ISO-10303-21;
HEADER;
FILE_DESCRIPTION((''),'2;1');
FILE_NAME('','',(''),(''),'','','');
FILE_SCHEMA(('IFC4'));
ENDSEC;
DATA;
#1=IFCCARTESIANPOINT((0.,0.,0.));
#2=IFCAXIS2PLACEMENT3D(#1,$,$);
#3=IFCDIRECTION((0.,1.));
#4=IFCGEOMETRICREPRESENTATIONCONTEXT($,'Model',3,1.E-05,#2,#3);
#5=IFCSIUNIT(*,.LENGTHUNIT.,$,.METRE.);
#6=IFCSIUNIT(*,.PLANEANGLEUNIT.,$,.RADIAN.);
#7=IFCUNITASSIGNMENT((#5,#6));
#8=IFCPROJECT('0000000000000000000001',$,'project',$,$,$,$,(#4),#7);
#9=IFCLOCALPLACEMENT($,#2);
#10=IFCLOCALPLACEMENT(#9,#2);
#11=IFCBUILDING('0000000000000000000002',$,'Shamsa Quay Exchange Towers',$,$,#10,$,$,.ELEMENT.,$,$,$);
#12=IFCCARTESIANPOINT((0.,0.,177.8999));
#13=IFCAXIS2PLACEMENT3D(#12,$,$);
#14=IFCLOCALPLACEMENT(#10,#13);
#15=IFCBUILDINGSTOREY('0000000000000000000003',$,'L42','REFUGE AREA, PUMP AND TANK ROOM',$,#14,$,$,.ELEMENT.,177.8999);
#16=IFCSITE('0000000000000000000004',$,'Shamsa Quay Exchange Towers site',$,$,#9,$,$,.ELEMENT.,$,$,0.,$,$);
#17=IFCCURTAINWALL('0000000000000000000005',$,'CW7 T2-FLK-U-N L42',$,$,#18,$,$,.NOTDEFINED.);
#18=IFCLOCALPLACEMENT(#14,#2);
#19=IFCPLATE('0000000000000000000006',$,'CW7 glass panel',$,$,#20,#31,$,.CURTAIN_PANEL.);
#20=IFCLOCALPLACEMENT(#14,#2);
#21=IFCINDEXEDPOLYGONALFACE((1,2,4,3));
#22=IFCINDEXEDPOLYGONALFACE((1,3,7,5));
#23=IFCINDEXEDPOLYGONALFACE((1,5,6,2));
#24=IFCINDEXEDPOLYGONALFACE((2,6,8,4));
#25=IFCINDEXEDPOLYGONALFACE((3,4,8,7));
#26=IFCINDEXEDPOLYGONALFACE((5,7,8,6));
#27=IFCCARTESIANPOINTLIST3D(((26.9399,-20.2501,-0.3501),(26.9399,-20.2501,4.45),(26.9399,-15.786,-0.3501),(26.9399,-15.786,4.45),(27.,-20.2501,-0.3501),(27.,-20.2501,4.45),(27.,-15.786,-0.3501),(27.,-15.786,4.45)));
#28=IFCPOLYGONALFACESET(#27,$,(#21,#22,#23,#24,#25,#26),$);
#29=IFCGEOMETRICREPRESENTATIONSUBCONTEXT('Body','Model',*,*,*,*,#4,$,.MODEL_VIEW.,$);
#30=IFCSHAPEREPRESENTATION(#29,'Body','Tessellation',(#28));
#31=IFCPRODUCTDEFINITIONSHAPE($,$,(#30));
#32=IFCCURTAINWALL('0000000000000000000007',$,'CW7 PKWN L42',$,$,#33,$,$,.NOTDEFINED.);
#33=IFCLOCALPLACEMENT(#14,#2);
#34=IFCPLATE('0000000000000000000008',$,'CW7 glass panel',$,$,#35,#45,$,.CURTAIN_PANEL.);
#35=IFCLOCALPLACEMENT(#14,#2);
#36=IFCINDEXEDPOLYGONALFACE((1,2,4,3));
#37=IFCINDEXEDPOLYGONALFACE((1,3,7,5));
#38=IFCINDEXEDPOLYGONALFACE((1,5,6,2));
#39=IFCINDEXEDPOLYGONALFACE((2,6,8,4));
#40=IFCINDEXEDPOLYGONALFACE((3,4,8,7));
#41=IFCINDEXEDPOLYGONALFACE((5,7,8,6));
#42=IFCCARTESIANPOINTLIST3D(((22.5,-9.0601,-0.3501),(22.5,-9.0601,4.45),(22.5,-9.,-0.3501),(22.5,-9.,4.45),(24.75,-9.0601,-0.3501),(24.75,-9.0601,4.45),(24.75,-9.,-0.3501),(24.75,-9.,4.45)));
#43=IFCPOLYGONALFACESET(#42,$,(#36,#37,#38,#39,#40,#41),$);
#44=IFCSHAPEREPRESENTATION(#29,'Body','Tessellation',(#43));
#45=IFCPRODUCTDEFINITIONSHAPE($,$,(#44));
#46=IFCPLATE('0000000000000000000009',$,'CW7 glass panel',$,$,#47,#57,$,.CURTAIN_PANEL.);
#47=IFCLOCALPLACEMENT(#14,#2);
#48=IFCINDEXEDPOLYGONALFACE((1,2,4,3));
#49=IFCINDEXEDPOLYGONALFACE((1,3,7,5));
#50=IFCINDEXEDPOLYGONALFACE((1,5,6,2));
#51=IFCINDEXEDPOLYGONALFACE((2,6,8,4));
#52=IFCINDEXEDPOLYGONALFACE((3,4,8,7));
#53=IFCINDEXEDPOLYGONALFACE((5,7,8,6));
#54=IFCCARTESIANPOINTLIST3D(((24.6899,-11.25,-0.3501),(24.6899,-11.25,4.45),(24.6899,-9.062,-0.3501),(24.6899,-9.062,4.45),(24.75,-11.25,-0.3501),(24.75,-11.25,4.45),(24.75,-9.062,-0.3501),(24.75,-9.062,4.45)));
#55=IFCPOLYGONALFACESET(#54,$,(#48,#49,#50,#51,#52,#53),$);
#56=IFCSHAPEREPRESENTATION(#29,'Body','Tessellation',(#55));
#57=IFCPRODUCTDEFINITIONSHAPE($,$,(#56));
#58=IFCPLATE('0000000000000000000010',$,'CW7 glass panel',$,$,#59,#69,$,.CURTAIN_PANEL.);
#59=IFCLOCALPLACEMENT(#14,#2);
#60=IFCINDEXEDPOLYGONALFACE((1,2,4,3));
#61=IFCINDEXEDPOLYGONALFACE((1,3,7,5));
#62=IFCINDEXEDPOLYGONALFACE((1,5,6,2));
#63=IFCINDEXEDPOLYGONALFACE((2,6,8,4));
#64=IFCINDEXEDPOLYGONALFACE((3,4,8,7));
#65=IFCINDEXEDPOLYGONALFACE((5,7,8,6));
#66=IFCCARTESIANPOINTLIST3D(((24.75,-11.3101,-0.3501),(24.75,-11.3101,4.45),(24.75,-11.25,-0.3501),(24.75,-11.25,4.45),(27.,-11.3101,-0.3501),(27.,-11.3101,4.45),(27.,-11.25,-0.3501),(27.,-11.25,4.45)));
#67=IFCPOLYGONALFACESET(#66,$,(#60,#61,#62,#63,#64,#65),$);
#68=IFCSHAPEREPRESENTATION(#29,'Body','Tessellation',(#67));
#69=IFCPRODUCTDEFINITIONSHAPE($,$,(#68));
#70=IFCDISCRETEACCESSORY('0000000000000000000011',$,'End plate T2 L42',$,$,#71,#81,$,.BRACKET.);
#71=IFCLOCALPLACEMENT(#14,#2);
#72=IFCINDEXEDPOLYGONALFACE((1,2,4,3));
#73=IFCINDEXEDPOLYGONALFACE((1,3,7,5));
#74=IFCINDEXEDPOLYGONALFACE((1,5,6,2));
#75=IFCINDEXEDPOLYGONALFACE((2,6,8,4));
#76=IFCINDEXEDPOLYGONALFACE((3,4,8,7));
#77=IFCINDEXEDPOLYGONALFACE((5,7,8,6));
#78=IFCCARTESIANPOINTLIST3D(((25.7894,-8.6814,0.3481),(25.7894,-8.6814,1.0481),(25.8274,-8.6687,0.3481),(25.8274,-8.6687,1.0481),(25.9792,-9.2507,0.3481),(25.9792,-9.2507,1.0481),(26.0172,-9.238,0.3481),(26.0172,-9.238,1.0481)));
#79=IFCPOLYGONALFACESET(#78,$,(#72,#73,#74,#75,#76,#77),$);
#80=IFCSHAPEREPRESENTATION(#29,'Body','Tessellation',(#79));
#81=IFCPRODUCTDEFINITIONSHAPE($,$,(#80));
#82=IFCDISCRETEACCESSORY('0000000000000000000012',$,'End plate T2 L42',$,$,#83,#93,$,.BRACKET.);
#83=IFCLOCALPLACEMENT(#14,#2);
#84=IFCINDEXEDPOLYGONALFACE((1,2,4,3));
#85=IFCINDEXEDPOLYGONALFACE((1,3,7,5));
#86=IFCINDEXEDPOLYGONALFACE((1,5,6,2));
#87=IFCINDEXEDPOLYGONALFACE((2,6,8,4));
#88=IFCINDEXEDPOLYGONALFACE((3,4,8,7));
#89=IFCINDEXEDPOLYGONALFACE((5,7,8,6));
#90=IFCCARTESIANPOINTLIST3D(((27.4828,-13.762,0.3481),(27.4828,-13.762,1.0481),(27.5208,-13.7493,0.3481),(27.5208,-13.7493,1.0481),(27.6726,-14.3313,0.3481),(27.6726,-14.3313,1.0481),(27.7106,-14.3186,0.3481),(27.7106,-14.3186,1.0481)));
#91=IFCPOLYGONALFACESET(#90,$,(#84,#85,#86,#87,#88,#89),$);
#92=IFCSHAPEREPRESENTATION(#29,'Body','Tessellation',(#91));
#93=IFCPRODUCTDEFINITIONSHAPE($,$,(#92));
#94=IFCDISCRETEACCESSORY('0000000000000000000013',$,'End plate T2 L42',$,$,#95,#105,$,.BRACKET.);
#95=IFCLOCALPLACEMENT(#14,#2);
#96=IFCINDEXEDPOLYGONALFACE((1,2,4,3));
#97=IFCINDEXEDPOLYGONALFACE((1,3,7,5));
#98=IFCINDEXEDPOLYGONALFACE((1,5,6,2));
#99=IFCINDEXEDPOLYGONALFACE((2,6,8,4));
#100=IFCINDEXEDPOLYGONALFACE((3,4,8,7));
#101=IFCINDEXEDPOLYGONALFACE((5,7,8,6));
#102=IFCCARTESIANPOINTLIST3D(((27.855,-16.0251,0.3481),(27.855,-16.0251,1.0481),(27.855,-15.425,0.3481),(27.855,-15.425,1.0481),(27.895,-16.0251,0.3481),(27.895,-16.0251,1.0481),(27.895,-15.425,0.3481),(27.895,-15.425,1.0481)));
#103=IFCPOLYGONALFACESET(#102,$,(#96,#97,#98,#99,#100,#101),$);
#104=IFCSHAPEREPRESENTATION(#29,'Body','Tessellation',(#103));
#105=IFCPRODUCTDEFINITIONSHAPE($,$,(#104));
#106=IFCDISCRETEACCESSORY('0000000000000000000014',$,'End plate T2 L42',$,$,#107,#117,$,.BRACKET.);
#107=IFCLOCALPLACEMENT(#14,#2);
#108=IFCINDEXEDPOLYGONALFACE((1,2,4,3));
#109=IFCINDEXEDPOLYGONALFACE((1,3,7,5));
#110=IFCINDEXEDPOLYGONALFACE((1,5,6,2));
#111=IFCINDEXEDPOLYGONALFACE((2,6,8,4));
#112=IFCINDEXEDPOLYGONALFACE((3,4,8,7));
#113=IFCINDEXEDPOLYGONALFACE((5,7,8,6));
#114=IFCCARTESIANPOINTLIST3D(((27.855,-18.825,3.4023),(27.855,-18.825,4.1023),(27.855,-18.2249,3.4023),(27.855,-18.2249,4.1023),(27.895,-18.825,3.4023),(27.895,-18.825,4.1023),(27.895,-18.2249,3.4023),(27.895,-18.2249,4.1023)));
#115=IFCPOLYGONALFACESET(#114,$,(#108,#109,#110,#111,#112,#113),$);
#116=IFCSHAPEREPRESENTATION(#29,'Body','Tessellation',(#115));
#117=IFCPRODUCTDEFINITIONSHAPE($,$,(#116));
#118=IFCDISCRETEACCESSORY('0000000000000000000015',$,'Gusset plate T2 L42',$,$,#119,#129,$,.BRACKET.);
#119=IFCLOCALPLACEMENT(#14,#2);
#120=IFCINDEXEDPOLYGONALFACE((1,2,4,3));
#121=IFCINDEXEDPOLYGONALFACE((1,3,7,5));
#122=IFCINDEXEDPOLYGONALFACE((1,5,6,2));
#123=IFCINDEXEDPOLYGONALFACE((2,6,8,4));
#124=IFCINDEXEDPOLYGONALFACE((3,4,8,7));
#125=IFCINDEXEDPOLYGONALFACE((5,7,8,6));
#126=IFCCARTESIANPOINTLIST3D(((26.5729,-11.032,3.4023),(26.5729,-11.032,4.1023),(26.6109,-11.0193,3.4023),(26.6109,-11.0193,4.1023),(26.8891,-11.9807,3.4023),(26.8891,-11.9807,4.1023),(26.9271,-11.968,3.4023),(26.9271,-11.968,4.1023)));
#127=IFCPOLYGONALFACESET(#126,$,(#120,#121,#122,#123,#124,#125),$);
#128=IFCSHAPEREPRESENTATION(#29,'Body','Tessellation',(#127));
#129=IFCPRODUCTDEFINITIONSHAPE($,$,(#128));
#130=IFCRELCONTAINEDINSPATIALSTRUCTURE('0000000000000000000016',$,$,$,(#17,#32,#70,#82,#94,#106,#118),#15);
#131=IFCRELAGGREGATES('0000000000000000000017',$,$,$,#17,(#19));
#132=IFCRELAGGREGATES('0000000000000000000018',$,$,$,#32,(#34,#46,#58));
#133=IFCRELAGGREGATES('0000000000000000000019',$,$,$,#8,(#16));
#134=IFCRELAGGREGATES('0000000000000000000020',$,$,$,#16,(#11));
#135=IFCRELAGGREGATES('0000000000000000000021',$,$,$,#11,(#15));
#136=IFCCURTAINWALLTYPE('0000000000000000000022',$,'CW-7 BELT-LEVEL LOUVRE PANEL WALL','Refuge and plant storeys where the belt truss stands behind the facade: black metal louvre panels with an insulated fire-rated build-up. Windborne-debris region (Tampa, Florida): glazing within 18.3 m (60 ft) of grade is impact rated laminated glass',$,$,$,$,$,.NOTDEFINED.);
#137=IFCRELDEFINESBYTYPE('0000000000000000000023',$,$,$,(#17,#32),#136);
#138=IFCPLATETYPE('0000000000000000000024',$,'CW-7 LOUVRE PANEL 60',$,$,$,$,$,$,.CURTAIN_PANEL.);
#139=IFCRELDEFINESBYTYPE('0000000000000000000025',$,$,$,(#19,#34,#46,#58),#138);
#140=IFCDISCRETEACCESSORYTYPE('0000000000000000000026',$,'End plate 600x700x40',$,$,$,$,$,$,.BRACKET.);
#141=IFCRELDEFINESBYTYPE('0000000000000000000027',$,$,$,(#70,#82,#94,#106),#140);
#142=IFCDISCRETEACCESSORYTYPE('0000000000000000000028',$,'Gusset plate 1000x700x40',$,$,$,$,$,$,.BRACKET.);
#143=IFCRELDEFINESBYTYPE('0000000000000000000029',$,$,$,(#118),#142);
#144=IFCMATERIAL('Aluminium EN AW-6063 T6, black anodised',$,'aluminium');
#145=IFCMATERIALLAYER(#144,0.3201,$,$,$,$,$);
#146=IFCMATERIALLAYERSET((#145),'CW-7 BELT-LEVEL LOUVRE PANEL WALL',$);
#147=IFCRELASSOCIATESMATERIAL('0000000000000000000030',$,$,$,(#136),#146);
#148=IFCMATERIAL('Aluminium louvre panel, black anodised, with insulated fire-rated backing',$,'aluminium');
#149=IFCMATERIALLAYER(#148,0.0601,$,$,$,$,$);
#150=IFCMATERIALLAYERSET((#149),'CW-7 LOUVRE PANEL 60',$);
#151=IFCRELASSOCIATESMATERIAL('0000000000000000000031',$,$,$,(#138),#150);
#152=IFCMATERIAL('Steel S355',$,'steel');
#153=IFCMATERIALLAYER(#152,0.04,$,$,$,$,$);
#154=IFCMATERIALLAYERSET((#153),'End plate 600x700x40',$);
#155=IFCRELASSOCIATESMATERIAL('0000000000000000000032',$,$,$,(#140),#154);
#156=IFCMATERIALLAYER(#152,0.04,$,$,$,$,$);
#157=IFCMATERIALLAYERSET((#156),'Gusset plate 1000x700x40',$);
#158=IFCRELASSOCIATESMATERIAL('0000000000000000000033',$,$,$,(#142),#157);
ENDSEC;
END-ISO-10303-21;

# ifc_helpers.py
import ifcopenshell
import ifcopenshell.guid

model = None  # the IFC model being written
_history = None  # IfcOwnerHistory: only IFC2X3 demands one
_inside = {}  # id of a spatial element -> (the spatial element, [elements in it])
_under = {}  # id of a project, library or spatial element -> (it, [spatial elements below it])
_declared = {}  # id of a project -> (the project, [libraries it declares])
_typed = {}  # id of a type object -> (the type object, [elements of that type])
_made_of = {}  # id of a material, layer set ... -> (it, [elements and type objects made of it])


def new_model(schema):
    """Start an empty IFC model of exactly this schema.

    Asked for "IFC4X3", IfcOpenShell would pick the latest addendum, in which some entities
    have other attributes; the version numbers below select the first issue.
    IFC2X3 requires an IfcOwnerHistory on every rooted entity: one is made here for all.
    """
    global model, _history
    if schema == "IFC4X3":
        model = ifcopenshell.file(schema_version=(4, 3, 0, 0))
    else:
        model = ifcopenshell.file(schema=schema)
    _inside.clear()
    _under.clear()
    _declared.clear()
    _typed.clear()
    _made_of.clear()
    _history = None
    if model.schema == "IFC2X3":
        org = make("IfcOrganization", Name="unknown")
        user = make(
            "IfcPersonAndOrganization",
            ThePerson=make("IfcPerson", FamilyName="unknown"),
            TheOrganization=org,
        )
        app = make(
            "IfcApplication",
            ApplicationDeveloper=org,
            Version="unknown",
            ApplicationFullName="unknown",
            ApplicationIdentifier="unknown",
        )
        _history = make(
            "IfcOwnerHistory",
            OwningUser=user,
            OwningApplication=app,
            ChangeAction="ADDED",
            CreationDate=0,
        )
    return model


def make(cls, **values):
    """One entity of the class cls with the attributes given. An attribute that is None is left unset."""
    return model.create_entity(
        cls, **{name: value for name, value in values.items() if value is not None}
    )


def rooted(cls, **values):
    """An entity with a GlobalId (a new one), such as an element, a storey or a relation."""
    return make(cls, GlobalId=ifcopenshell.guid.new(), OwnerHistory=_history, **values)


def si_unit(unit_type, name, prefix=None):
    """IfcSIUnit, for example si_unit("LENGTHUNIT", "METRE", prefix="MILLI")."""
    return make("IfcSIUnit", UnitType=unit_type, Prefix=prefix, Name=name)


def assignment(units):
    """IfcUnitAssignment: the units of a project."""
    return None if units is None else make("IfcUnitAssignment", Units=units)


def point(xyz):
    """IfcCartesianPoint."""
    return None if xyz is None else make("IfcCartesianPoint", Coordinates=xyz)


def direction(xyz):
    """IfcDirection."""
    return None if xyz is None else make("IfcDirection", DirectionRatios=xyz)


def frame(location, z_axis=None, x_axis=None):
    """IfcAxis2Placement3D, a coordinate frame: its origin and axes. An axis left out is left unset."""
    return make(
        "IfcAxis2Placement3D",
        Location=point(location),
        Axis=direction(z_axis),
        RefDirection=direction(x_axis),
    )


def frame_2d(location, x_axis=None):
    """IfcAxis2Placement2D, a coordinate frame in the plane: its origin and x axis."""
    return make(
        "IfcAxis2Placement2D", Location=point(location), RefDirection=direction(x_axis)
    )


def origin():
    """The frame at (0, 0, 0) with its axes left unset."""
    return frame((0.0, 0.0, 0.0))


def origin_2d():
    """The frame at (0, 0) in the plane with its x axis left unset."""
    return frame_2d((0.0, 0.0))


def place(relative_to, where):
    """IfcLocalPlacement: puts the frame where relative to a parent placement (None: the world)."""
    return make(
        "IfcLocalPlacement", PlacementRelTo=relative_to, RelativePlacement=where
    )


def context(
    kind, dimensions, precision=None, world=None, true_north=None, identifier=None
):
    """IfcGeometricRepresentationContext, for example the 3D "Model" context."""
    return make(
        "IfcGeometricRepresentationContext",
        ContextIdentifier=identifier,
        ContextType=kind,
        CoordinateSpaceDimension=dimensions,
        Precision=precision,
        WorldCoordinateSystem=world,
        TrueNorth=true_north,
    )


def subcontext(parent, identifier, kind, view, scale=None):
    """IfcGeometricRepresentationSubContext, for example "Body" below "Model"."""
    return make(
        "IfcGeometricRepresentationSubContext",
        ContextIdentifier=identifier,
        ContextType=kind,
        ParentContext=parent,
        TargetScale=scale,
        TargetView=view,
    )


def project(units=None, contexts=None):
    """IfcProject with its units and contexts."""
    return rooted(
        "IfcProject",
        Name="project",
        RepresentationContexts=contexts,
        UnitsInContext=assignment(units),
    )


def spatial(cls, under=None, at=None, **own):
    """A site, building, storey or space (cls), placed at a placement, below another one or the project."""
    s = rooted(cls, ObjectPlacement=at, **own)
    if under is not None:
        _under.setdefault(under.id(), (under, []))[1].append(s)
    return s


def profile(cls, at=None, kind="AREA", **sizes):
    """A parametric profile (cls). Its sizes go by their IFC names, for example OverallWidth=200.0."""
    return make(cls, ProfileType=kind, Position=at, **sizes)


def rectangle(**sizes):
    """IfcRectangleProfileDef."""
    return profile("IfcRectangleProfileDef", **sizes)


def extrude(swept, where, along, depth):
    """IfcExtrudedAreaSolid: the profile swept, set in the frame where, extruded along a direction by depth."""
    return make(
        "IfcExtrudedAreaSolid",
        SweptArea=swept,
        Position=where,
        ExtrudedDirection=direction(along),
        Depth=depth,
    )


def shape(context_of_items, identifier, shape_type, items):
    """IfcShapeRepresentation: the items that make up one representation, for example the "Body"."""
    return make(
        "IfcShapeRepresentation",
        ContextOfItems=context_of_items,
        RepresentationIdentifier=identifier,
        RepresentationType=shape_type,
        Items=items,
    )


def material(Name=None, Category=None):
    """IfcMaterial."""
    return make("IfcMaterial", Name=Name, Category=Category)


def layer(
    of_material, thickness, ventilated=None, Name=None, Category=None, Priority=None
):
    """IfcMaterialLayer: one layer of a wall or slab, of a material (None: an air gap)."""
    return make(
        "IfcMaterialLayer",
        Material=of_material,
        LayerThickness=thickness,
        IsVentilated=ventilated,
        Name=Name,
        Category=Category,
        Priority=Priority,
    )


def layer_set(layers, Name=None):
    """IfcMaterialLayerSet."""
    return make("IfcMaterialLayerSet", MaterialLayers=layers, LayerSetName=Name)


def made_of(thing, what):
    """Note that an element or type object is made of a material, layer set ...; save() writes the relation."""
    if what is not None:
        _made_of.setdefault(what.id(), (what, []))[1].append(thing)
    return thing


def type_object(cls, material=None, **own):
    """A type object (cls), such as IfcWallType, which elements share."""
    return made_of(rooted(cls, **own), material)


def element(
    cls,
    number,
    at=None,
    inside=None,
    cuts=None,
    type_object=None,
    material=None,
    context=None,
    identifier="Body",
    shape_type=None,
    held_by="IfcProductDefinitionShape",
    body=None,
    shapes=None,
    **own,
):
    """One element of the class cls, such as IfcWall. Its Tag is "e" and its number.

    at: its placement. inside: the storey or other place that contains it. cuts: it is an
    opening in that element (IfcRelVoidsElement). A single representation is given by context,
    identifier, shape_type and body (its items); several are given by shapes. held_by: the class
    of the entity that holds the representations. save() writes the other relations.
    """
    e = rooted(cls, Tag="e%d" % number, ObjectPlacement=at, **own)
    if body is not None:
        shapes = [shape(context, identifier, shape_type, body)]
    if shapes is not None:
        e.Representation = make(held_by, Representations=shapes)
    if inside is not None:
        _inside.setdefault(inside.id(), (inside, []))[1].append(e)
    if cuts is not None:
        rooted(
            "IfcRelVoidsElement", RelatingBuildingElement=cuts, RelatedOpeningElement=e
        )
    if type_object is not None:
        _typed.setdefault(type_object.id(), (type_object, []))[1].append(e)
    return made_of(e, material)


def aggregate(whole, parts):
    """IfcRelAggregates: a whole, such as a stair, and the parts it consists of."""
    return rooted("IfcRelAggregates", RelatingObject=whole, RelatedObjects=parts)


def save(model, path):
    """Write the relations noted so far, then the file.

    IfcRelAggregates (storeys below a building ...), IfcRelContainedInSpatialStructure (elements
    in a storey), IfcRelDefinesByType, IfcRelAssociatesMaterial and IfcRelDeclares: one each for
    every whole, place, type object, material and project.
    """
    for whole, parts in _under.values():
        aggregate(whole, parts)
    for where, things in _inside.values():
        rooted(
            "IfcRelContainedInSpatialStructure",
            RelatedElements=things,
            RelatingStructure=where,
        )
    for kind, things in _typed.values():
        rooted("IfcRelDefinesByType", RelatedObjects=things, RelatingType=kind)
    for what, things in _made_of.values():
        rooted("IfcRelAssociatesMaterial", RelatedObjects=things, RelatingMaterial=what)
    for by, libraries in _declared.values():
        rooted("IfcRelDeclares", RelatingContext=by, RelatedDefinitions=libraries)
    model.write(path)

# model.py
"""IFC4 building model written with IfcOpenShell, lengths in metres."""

from ifc_helpers import new_model, si_unit, direction, frame, origin, origin_2d, place, context, subcontext, project, spatial, rectangle, extrude, material, layer, layer_set, type_object, element, aggregate, save


model = new_model("IFC4")

# Units and contexts
model_context = context("Model", 3, precision=1e-05, world=origin(), true_north=direction((0.0, 1.0)))
body_context = subcontext(model_context, "Body", "Model", "MODEL_VIEW")
ifc_project = project(units=[si_unit("LENGTHUNIT", "METRE"), si_unit("PLANEANGLEUNIT", "RADIAN")], contexts=[model_context])

# Site, building, storey
site_placement = place(None, origin())
site = spatial("IfcSite", under=ifc_project, at=site_placement, Name="Shamsa Quay Exchange Towers site", CompositionType="ELEMENT", RefElevation=0.0)
building_placement = place(site_placement, origin())
building = spatial("IfcBuilding", under=site, at=building_placement, Name="Shamsa Quay Exchange Towers", CompositionType="ELEMENT")
storey_placement = place(building_placement, frame((0.0, 0.0, 177.8999)))
storey = spatial("IfcBuildingStorey", under=building, at=storey_placement, Name="L42", Description="REFUGE AREA, PUMP AND TANK ROOM", CompositionType="ELEMENT", Elevation=177.8999)

# Shared definitions
ifc_material_1 = material(Name="Steel S355", Category="steel")

# Curtain walls, plates
ifc_material_2 = material(Name="Aluminium EN AW-6063 T6, black anodised", Category="aluminium")
ifc_layer_1 = layer(ifc_material_2, 0.3201)
ifc_layer_set_1 = layer_set([ifc_layer_1], Name="CW-7 BELT-LEVEL LOUVRE PANEL WALL")
curtain_wall_type = type_object("IfcCurtainWallType", Name="CW-7 BELT-LEVEL LOUVRE PANEL WALL", Description="Refuge and plant storeys where the belt truss stands behind the facade: black metal louvre panels with an insulated fire-rated build-up. Windborne-debris region (Tampa, Florida): glazing within 18.3 m (60 ft) of grade is impact rated laminated glass", PredefinedType="NOTDEFINED", material=ifc_layer_set_1)
curtain_wall_1_placement = place(storey_placement, origin())
curtain_wall_1 = element("IfcCurtainWall", 1, at=curtain_wall_1_placement, inside=storey, type_object=curtain_wall_type, Name="CW7 T2-FLK-U-N L42", PredefinedType="NOTDEFINED")
ifc_material_3 = material(Name="Aluminium louvre panel, black anodised, with insulated fire-rated backing", Category="aluminium")
ifc_layer_2 = layer(ifc_material_3, 0.0601)
ifc_layer_set_2 = layer_set([ifc_layer_2], Name="CW-7 LOUVRE PANEL 60")
plate_type = type_object("IfcPlateType", Name="CW-7 LOUVRE PANEL 60", PredefinedType="CURTAIN_PANEL", material=ifc_layer_set_2)
plate_1_placement = place(storey_placement, frame((26.97, -18.0181, -0.3501), z_axis=(0.0, 0.0, 1.0), x_axis=(0.0, -1.0, 0.0)))
plate_1 = element("IfcPlate", 2, at=plate_1_placement, type_object=plate_type, Name="CW7 glass panel", PredefinedType="CURTAIN_PANEL", context=body_context, shape_type="SweptSolid", body=[
    extrude(rectangle(XDim=4.4641, YDim=0.0601, at=origin_2d()), origin(), (0.0, 0.0, 1.0), 4.8),
])
aggregate(curtain_wall_1, [plate_1])
curtain_wall_2_placement = place(storey_placement, origin())
curtain_wall_2 = element("IfcCurtainWall", 3, at=curtain_wall_2_placement, inside=storey, type_object=curtain_wall_type, Name="CW7 PKWN L42", PredefinedType="NOTDEFINED")
plate_2_placement = place(storey_placement, frame((23.625, -9.03, -0.3501)))
plate_2 = element("IfcPlate", 4, at=plate_2_placement, type_object=plate_type, Name="CW7 glass panel", PredefinedType="CURTAIN_PANEL", context=body_context, shape_type="SweptSolid", body=[
    extrude(rectangle(XDim=2.25, YDim=0.0601, at=origin_2d()), origin(), (0.0, 0.0, 1.0), 4.8),
])
plate_3_placement = place(storey_placement, frame((24.72, -10.156, -0.3501), z_axis=(0.0, 0.0, 1.0), x_axis=(0.0, -1.0, 0.0)))
plate_3 = element("IfcPlate", 5, at=plate_3_placement, type_object=plate_type, Name="CW7 glass panel", PredefinedType="CURTAIN_PANEL", context=body_context, shape_type="SweptSolid", body=[
    extrude(rectangle(XDim=2.188, YDim=0.0601, at=origin_2d()), origin(), (0.0, 0.0, 1.0), 4.8),
])
plate_4_placement = place(storey_placement, frame((25.875, -11.28, -0.3501)))
plate_4 = element("IfcPlate", 6, at=plate_4_placement, type_object=plate_type, Name="CW7 glass panel", PredefinedType="CURTAIN_PANEL", context=body_context, shape_type="SweptSolid", body=[
    extrude(rectangle(XDim=2.25, YDim=0.0601, at=origin_2d()), origin(), (0.0, 0.0, 1.0), 4.8),
])
aggregate(curtain_wall_2, [plate_2, plate_3, plate_4])

# Discrete accessories
ifc_layer_3 = layer(ifc_material_1, 0.04)
ifc_layer_set_3 = layer_set([ifc_layer_3], Name="End plate 600x700x40")
discrete_accessory_type_1 = type_object("IfcDiscreteAccessoryType", Name="End plate 600x700x40", PredefinedType="BRACKET", material=ifc_layer_set_3)
for number, where, z_axis, x_axis, name in (
    (7, (25.9033, -8.9597, 0.3481), (0.0, 0.0, 1.0), (0.316228, -0.948683, 0.0), "End plate T2 L42"),
    (8, (27.5967, -14.0403, 0.3481), (0.0, 0.0, 1.0), (0.316228, -0.948683, 0.0), "End plate T2 L42"),
    (9, (27.875, -15.7251, 0.3481), (0.0, 0.0, 1.0), (0.0, -1.0, 0.0), "End plate T2 L42"),
    (10, (27.875, -18.5249, 3.4023), (0.0, 0.0, 1.0), (0.0, -1.0, 0.0), "End plate T2 L42"),
):
    element("IfcDiscreteAccessory", number, at=place(storey_placement, frame(where, z_axis=z_axis, x_axis=x_axis)), inside=storey, type_object=discrete_accessory_type_1, Name=name, PredefinedType="BRACKET", context=body_context, shape_type="SweptSolid", body=[
        extrude(rectangle(XDim=0.6001, YDim=0.04, at=origin_2d()), origin(), (0.0, 0.0, 1.0), 0.7),
    ])
ifc_layer_4 = layer(ifc_material_1, 0.04)
ifc_layer_set_4 = layer_set([ifc_layer_4], Name="Gusset plate 1000x700x40")
discrete_accessory_type_2 = type_object("IfcDiscreteAccessoryType", Name="Gusset plate 1000x700x40", PredefinedType="BRACKET", material=ifc_layer_set_4)
discrete_accessory_placement = place(storey_placement, frame((26.75, -11.5, 3.4023), z_axis=(0.0, 0.0, 1.0), x_axis=(0.316228, -0.948683, 0.0)))
element("IfcDiscreteAccessory", 11, at=discrete_accessory_placement, inside=storey, type_object=discrete_accessory_type_2, Name="Gusset plate T2 L42", PredefinedType="BRACKET", context=body_context, shape_type="SweptSolid", body=[
    extrude(rectangle(XDim=1.0, YDim=0.04, at=origin_2d()), origin(), (0.0, 0.0, 1.0), 0.7),
])

save(model, "model.ifc")
